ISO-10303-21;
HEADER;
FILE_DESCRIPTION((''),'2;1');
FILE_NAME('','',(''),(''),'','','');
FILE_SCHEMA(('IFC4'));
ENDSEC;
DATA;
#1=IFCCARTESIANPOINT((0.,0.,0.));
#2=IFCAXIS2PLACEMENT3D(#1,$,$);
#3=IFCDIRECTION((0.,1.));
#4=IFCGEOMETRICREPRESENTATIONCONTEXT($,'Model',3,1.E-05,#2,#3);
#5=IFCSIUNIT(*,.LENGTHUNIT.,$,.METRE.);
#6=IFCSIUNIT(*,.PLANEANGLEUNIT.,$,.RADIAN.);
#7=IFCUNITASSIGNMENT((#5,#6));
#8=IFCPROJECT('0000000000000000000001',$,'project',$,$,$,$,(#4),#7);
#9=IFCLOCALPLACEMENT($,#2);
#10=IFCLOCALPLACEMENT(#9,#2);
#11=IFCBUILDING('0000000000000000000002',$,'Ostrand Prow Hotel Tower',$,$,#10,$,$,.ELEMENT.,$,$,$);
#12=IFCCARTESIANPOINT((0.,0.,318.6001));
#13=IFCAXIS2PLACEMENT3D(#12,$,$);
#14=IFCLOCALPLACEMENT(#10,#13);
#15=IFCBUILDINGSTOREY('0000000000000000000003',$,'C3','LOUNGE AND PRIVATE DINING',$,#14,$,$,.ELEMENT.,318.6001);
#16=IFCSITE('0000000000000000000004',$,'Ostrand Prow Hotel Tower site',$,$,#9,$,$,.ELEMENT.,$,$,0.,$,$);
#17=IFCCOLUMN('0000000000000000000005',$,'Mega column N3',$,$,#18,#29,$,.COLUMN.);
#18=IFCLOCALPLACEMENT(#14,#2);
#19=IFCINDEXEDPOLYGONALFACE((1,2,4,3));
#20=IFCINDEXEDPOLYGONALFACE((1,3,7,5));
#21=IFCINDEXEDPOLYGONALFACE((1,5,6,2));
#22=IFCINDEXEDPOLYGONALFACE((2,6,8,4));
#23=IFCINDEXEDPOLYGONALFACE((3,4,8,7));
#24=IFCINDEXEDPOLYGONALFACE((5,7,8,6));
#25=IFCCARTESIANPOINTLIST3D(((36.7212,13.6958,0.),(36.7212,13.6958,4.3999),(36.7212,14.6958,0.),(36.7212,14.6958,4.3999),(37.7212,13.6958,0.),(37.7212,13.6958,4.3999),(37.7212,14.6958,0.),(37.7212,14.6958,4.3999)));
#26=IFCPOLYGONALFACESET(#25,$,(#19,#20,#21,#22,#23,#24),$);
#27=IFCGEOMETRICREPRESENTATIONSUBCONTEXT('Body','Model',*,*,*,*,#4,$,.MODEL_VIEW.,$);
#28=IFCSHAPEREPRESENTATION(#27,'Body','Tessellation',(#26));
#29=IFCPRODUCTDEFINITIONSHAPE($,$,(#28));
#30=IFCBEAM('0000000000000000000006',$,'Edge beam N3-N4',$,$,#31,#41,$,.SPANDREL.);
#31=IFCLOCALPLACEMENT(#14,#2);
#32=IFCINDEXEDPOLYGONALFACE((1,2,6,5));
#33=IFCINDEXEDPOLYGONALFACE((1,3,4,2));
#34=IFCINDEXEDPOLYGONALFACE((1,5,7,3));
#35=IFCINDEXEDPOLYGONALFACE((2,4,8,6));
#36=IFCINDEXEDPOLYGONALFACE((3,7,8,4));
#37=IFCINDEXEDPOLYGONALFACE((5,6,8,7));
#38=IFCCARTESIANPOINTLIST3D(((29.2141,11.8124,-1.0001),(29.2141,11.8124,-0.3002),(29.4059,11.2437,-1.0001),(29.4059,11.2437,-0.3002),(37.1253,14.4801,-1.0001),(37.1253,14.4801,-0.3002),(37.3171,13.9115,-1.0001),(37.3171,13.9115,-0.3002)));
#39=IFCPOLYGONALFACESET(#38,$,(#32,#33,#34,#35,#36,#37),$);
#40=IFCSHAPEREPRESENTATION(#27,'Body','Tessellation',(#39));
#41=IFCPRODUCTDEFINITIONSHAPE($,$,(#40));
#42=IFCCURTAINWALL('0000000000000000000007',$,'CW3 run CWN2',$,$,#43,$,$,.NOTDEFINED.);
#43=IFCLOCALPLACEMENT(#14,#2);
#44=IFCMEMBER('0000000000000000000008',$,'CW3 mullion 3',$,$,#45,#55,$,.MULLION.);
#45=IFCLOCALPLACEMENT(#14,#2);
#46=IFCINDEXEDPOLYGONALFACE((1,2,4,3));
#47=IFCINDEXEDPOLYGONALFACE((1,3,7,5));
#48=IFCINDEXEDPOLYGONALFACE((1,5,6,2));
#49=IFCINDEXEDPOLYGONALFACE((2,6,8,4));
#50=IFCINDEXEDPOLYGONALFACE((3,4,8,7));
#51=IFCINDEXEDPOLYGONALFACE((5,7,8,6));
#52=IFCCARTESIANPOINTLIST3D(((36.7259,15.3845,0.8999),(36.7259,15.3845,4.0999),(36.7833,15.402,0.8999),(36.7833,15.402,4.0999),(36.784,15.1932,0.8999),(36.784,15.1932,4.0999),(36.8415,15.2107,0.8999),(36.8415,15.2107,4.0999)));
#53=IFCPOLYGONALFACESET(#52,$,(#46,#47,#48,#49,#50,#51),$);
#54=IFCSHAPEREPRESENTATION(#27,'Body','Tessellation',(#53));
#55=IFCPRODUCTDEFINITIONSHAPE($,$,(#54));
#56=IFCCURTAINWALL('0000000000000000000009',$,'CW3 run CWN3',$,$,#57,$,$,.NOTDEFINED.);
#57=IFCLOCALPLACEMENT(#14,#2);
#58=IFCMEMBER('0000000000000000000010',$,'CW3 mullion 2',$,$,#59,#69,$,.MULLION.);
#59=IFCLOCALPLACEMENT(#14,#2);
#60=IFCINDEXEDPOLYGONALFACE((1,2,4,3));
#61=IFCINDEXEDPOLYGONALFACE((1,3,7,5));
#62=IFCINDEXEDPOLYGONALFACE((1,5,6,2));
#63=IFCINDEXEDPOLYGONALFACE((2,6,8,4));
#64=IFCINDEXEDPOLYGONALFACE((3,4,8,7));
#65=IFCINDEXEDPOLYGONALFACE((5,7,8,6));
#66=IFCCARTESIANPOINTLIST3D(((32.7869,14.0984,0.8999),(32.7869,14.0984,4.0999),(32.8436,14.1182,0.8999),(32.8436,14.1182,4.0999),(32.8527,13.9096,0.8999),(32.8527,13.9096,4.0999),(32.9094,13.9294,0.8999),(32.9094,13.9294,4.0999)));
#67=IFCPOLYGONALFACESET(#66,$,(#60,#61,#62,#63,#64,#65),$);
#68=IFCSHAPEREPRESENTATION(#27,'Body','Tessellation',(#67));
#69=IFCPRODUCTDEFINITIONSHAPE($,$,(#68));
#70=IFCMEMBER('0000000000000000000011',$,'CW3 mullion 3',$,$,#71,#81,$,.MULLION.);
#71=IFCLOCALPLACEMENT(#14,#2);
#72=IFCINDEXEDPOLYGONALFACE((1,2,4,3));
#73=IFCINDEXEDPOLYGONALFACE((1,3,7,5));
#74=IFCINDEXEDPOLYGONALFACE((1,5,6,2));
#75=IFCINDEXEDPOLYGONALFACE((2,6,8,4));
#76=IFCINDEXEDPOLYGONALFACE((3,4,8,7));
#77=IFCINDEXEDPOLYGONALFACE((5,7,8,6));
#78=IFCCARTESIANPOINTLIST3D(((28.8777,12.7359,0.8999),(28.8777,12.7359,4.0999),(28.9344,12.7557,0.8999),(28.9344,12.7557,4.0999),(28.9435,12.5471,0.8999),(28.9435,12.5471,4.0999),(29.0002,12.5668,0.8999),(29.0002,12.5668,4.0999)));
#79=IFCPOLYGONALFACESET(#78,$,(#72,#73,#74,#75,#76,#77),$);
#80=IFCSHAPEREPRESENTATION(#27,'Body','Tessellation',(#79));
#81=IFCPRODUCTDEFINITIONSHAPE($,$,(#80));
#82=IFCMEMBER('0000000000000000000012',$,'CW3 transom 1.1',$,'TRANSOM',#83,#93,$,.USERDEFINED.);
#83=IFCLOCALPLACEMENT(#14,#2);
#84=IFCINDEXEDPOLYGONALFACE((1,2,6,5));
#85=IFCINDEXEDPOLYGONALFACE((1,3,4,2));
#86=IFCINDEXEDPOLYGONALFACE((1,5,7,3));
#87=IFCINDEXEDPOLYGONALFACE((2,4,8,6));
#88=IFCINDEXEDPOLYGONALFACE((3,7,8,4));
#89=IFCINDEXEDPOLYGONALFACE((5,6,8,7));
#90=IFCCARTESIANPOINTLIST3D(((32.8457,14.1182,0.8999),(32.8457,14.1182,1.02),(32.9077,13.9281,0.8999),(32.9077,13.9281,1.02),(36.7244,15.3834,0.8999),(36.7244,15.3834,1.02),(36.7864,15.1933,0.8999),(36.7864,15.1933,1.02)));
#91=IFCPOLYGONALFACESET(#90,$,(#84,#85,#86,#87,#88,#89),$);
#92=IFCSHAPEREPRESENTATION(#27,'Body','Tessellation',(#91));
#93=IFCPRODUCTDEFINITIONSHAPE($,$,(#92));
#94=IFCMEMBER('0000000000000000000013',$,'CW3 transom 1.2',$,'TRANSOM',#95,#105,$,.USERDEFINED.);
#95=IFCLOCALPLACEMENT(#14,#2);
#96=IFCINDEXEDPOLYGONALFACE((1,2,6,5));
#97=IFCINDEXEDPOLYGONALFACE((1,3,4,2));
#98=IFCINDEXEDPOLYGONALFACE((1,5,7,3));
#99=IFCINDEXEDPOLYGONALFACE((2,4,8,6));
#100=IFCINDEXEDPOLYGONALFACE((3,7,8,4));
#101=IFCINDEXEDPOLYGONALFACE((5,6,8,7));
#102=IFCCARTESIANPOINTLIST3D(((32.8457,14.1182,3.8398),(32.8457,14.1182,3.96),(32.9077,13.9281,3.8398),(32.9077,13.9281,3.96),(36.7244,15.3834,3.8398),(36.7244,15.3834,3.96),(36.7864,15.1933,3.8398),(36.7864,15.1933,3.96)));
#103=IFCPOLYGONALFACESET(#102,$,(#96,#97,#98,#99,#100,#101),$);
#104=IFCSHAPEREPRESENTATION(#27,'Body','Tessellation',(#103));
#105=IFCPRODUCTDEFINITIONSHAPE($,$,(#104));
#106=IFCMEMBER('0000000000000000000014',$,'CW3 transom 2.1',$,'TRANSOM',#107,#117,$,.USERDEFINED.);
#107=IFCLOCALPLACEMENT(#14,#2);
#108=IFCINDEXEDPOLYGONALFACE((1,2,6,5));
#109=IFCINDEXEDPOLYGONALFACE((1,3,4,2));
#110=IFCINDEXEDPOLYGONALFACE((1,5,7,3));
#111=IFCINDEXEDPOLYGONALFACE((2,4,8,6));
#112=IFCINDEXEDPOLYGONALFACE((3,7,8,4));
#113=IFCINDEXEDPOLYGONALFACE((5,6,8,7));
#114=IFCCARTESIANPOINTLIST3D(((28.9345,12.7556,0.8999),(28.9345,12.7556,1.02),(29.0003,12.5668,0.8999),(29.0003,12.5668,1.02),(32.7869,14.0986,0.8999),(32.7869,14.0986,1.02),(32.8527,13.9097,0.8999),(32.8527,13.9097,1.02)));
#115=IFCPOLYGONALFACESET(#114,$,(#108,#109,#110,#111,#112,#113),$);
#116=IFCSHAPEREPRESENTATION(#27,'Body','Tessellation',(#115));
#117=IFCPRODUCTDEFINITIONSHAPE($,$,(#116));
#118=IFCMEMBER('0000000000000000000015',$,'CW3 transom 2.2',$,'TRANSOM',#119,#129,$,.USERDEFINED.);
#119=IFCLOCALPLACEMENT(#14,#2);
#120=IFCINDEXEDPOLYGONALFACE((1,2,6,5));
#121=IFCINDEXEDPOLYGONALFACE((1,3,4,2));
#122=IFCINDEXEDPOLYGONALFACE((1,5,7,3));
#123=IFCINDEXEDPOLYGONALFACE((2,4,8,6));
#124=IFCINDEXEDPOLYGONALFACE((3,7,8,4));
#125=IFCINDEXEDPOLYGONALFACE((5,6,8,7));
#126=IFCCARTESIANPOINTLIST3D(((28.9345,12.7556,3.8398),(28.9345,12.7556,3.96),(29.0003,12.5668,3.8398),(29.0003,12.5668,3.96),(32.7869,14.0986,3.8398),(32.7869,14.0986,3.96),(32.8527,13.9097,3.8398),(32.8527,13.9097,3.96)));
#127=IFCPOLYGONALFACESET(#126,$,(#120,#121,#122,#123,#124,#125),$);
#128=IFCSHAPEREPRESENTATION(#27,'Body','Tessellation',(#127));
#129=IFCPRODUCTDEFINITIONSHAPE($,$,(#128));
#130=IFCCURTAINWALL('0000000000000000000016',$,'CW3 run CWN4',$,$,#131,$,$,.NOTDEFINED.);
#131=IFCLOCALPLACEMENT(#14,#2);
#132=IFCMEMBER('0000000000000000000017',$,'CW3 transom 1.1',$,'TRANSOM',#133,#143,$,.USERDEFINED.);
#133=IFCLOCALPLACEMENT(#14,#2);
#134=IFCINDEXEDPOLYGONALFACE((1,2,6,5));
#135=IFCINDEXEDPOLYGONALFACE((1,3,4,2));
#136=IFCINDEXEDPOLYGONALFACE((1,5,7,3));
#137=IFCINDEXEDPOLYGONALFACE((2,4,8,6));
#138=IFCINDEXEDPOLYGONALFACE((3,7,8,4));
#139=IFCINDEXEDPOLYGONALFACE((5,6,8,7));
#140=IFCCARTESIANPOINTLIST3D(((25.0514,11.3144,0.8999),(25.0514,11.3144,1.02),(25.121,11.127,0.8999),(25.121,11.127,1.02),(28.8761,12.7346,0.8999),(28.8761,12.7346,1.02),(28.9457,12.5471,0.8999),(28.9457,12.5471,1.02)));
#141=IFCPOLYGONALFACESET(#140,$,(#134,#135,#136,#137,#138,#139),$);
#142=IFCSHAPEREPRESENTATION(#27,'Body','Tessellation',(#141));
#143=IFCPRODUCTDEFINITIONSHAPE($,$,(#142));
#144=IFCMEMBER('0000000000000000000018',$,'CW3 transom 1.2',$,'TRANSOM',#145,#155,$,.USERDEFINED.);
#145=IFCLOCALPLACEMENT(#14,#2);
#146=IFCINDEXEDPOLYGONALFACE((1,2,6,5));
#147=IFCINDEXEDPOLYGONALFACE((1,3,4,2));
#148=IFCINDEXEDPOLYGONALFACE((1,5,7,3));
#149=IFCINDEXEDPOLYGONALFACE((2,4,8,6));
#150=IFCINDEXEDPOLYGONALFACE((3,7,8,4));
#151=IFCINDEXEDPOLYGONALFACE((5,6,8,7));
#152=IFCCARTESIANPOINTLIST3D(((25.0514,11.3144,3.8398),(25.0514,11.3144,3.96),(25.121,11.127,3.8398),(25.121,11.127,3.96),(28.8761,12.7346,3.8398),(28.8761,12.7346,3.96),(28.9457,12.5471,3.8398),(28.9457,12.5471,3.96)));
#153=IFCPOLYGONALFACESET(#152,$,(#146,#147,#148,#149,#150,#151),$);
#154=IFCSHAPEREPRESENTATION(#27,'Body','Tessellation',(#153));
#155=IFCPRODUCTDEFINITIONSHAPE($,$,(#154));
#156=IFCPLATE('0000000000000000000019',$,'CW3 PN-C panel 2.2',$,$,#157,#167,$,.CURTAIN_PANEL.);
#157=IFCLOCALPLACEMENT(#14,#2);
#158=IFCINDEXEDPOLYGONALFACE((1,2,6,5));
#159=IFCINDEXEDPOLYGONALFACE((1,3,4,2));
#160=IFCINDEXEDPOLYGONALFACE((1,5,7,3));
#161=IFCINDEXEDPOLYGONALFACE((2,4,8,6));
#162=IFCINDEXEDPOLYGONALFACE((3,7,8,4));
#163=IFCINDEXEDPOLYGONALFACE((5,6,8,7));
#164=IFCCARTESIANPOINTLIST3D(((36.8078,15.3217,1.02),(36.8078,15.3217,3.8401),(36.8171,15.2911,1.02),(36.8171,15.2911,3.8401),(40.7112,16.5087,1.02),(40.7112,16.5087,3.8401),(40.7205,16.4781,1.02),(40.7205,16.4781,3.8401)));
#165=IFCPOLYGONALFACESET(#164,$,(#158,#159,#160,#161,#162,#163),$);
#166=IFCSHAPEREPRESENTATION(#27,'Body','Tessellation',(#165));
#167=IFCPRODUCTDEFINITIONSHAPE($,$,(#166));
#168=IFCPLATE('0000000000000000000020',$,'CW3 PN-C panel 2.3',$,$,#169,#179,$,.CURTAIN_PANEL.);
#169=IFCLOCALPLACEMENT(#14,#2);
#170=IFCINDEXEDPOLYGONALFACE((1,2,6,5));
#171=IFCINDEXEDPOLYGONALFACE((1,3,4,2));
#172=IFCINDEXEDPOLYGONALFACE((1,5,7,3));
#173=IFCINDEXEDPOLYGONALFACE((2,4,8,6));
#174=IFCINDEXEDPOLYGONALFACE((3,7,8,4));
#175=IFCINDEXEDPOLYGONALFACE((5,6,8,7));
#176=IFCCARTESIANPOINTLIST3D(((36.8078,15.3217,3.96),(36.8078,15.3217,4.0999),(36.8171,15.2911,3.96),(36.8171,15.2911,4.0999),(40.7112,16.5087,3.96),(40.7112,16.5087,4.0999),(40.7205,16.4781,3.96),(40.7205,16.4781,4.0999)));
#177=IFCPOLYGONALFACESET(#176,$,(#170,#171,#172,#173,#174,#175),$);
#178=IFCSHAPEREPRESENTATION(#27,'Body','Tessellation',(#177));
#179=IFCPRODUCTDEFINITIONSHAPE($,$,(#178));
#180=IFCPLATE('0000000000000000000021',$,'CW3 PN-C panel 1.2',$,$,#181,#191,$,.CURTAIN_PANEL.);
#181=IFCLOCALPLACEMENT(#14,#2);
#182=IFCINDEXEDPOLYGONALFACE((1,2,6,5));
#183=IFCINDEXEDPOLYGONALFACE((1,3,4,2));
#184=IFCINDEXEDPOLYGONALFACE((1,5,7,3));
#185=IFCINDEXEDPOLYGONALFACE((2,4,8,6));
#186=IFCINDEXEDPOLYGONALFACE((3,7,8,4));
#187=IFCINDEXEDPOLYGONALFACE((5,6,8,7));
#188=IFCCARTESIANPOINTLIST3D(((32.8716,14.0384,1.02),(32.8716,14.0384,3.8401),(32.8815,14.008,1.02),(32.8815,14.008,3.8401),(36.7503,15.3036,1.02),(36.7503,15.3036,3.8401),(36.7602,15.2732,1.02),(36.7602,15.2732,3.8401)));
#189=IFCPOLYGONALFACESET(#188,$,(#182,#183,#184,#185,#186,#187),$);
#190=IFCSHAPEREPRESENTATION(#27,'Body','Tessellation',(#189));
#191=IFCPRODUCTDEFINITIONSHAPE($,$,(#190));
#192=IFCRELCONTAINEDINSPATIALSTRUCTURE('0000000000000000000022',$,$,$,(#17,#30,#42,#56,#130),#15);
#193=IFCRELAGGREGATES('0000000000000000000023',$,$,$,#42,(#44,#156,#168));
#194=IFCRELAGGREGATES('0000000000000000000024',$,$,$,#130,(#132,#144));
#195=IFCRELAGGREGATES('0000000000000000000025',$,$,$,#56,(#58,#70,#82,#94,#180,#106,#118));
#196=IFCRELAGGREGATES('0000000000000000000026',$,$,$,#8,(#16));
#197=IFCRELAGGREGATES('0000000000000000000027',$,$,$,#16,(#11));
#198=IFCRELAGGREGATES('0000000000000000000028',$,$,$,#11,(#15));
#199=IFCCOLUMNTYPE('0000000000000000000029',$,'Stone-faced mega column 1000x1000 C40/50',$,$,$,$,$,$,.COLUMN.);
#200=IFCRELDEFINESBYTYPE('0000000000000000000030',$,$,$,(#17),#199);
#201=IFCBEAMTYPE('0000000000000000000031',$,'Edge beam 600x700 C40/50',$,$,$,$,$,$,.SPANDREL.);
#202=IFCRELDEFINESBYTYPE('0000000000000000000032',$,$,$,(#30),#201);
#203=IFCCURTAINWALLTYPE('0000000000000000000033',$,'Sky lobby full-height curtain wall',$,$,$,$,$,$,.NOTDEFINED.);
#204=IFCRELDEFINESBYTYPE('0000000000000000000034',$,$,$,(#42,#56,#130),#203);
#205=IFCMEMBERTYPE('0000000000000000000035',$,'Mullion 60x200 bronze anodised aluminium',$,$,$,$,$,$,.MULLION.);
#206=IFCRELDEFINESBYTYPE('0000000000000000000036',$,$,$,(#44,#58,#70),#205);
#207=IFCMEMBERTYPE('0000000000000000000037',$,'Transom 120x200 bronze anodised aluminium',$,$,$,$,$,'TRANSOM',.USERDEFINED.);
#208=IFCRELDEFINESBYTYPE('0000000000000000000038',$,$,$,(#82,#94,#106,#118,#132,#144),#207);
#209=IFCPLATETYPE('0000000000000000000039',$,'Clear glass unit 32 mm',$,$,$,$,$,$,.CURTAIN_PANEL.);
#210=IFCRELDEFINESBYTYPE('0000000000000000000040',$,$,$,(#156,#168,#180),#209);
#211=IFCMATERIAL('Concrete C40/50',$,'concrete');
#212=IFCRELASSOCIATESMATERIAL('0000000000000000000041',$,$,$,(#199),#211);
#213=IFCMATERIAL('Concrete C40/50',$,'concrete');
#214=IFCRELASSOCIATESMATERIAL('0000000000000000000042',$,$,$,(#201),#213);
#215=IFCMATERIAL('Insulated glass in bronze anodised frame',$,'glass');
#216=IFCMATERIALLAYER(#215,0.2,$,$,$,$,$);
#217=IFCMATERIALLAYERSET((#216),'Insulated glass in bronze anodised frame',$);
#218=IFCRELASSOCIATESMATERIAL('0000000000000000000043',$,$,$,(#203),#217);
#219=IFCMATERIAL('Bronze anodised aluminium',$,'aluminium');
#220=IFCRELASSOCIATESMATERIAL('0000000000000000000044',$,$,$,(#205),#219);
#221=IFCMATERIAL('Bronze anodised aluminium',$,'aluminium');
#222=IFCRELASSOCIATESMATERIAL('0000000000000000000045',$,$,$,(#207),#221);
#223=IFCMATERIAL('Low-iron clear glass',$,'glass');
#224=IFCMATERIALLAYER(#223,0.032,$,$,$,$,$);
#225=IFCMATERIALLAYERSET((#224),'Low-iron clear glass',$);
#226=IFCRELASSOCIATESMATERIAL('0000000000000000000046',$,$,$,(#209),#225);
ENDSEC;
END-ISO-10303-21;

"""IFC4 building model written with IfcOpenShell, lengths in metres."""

from ifc_helpers import new_model, si_unit, direction, frame, origin, origin_2d, place, context, subcontext, project, spatial, rectangle, extrude, material, layer, layer_set, material_profile, profile_set, type_object, element, aggregate, save


model = new_model("IFC4")

# Units and contexts
model_context = context("Model", 3, precision=1e-05, world=origin(), true_north=direction((0.0, 1.0)))
body_context = subcontext(model_context, "Body", "Model", "MODEL_VIEW")
ifc_project = project(units=[si_unit("LENGTHUNIT", "METRE"), si_unit("PLANEANGLEUNIT", "RADIAN")], contexts=[model_context])

# Site, building, storey
site_placement = place(None, origin())
site = spatial("IfcSite", under=ifc_project, at=site_placement, Name="Ostrand Prow Hotel Tower site", CompositionType="ELEMENT", RefElevation=0.0)
building_placement = place(site_placement, origin())
building = spatial("IfcBuilding", under=site, at=building_placement, Name="Ostrand Prow Hotel Tower", CompositionType="ELEMENT")
storey_placement = place(building_placement, frame((0.0, 0.0, 318.6001)))
storey = spatial("IfcBuildingStorey", under=building, at=storey_placement, Name="C3", Description="LOUNGE AND PRIVATE DINING", CompositionType="ELEMENT", Elevation=318.6001)

# Column
ifc_material_1 = material(Name="Concrete C40/50", Category="concrete")
ifc_material_profile_1 = material_profile(ifc_material_1, rectangle(XDim=1.0, YDim=1.0, at=origin_2d()), Name="RC 1000x1000")
ifc_profile_set_1 = profile_set([ifc_material_profile_1], Name="Concrete C40/50")
column_type = type_object("IfcColumnType", Name="Stone-faced mega column 1000x1000 C40/50", PredefinedType="COLUMN", material=ifc_profile_set_1)
column_placement = place(storey_placement, frame((37.2212, 14.1958, 0.0), z_axis=(0.0, 0.0, 1.0), x_axis=(1.0, 0.0, 0.0)))
element("IfcColumn", 1, at=column_placement, inside=storey, type_object=column_type, Name="Mega column N3", PredefinedType="COLUMN", context=body_context, shape_type="SweptSolid", body=[
    extrude(rectangle(XDim=1.0, YDim=1.0, at=origin_2d()), origin(), (0.0, 0.0, 1.0), 4.3999),
])

# Beam
ifc_material_2 = material(Name="Concrete C40/50", Category="concrete")
ifc_material_profile_2 = material_profile(ifc_material_2, rectangle(XDim=0.6001, YDim=0.7, at=origin_2d()), Name="RC 600x700")
ifc_profile_set_2 = profile_set([ifc_material_profile_2], Name="Concrete C40/50")
beam_type = type_object("IfcBeamType", Name="Edge beam 600x700 C40/50", PredefinedType="SPANDREL", material=ifc_profile_set_2)
beam_placement = place(storey_placement, frame((37.2212, 14.1958, -0.6501), z_axis=(-0.947575, -0.319533, 0.0), x_axis=(0.319533, -0.947575, 0.0)))
element("IfcBeam", 2, at=beam_placement, inside=storey, type_object=beam_type, Name="Edge beam N3-N4", PredefinedType="SPANDREL", context=body_context, shape_type="SweptSolid", body=[
    extrude(rectangle(XDim=0.6001, YDim=0.7, at=origin_2d()), origin(), (0.0, 0.0, 1.0), 8.3489),
])

# Curtain wall, member
ifc_material_3 = material(Name="Insulated glass in bronze anodised frame", Category="glass")
ifc_layer_1 = layer(ifc_material_3, 0.2)
ifc_layer_set_1 = layer_set([ifc_layer_1], Name="Insulated glass in bronze anodised frame")
curtain_wall_type = type_object("IfcCurtainWallType", Name="Sky lobby full-height curtain wall", PredefinedType="NOTDEFINED", material=ifc_layer_set_1)
curtain_wall_1_placement = place(storey_placement, origin())
curtain_wall_1 = element("IfcCurtainWall", 3, at=curtain_wall_1_placement, inside=storey, type_object=curtain_wall_type, Name="CW3 run CWN2", PredefinedType="NOTDEFINED")
ifc_material_4 = material(Name="Bronze anodised aluminium", Category="aluminium")
ifc_material_profile_3 = material_profile(ifc_material_4, rectangle(XDim=0.2, YDim=0.0601, at=origin_2d()), Name="Mullion 60x200 bronze anodised aluminium")
ifc_profile_set_3 = profile_set([ifc_material_profile_3], Name="Bronze anodised aluminium")
member_type_1 = type_object("IfcMemberType", Name="Mullion 60x200 bronze anodised aluminium", PredefinedType="MULLION", material=ifc_profile_set_3)
member_1_placement = place(storey_placement, frame((36.7837, 15.2976, 0.8999), z_axis=(0.0, 0.0, 1.0), x_axis=(0.290938, -0.956742, 0.0)))
member_1 = element("IfcMember", 4, at=member_1_placement, type_object=member_type_1, Name="CW3 mullion 3", PredefinedType="MULLION", context=body_context, shape_type="SweptSolid", body=[
    extrude(rectangle(XDim=0.2, YDim=0.0601, at=origin_2d()), origin(), (0.0, 0.0, 1.0), 3.2),
])

# Curtain walls, members
curtain_wall_2_placement = place(storey_placement, origin())
curtain_wall_2 = element("IfcCurtainWall", 5, at=curtain_wall_2_placement, inside=storey, type_object=curtain_wall_type, Name="CW3 run CWN3", PredefinedType="NOTDEFINED")
member_2_placement = place(storey_placement, frame((32.8481, 14.0139, 0.8999), z_axis=(0.0, 0.0, 1.0), x_axis=(0.329158, -0.944275, 0.0)))
member_2 = element("IfcMember", 6, at=member_2_placement, type_object=member_type_1, Name="CW3 mullion 2", PredefinedType="MULLION", context=body_context, shape_type="SweptSolid", body=[
    extrude(rectangle(XDim=0.2, YDim=0.0601, at=origin_2d()), origin(), (0.0, 0.0, 1.0), 3.2),
])
member_3_placement = place(storey_placement, frame((28.939, 12.6514, 0.8999), z_axis=(0.0, 0.0, 1.0), x_axis=(0.329158, -0.944275, 0.0)))
member_3 = element("IfcMember", 7, at=member_3_placement, type_object=member_type_1, Name="CW3 mullion 3", PredefinedType="MULLION", context=body_context, shape_type="SweptSolid", body=[
    extrude(rectangle(XDim=0.2, YDim=0.0601, at=origin_2d()), origin(), (0.0, 0.0, 1.0), 3.2),
])
ifc_material_5 = material(Name="Bronze anodised aluminium", Category="aluminium")
ifc_material_profile_4 = material_profile(ifc_material_5, rectangle(XDim=0.2, YDim=0.1201, at=origin_2d()), Name="Transom 120x200 bronze anodised aluminium")
ifc_profile_set_4 = profile_set([ifc_material_profile_4], Name="Bronze anodised aluminium")
member_type_2 = type_object("IfcMemberType", Name="Transom 120x200 bronze anodised aluminium", ElementType="TRANSOM", PredefinedType="USERDEFINED", material=ifc_profile_set_4)
member_4_placement = place(storey_placement, frame((36.7554, 15.2883, 0.96), z_axis=(-0.950704, -0.310099, 0.0), x_axis=(0.310099, -0.950704, 0.0)))
member_4 = element("IfcMember", 8, at=member_4_placement, type_object=member_type_2, Name="CW3 transom 1.1", ObjectType="TRANSOM", PredefinedType="USERDEFINED", context=body_context, shape_type="SweptSolid", body=[
    extrude(rectangle(XDim=0.2, YDim=0.1201, at=origin_2d()), origin(), (0.0, 0.0, 1.0), 4.0798),
])
member_5_placement = place(storey_placement, frame((36.7554, 15.2883, 3.8999), z_axis=(-0.950704, -0.310099, 0.0), x_axis=(0.310099, -0.950704, 0.0)))
member_5 = element("IfcMember", 9, at=member_5_placement, type_object=member_type_2, Name="CW3 transom 1.2", ObjectType="TRANSOM", PredefinedType="USERDEFINED", context=body_context, shape_type="SweptSolid", body=[
    extrude(rectangle(XDim=0.2, YDim=0.1201, at=origin_2d()), origin(), (0.0, 0.0, 1.0), 4.0798),
])
member_6_placement = place(storey_placement, frame((32.8198, 14.0042, 0.96), z_axis=(-0.944268, -0.329177, 0.0), x_axis=(0.329177, -0.944268, 0.0)))
member_6 = element("IfcMember", 10, at=member_6_placement, type_object=member_type_2, Name="CW3 transom 2.1", ObjectType="TRANSOM", PredefinedType="USERDEFINED", context=body_context, shape_type="SweptSolid", body=[
    extrude(rectangle(XDim=0.2, YDim=0.1201, at=origin_2d()), origin(), (0.0, 0.0, 1.0), 4.0798),
])
member_7_placement = place(storey_placement, frame((32.8198, 14.0042, 3.8999), z_axis=(-0.944268, -0.329177, 0.0), x_axis=(0.329177, -0.944268, 0.0)))
member_7 = element("IfcMember", 11, at=member_7_placement, type_object=member_type_2, Name="CW3 transom 2.2", ObjectType="TRANSOM", PredefinedType="USERDEFINED", context=body_context, shape_type="SweptSolid", body=[
    extrude(rectangle(XDim=0.2, YDim=0.1201, at=origin_2d()), origin(), (0.0, 0.0, 1.0), 4.0798),
])
curtain_wall_3_placement = place(storey_placement, origin())
curtain_wall_3 = element("IfcCurtainWall", 12, at=curtain_wall_3_placement, inside=storey, type_object=curtain_wall_type, Name="CW3 run CWN4", PredefinedType="NOTDEFINED")
member_8_placement = place(storey_placement, frame((28.9109, 12.6409, 0.96), z_axis=(-0.93746, -0.348092, 0.0), x_axis=(0.348092, -0.93746, 0.0)))
member_8 = element("IfcMember", 13, at=member_8_placement, type_object=member_type_2, Name="CW3 transom 1.1", ObjectType="TRANSOM", PredefinedType="USERDEFINED", context=body_context, shape_type="SweptSolid", body=[
    extrude(rectangle(XDim=0.2, YDim=0.1201, at=origin_2d()), origin(), (0.0, 0.0, 1.0), 4.0798),
])
member_9_placement = place(storey_placement, frame((28.9109, 12.6409, 3.8999), z_axis=(-0.93746, -0.348092, 0.0), x_axis=(0.348092, -0.93746, 0.0)))
member_9 = element("IfcMember", 14, at=member_9_placement, type_object=member_type_2, Name="CW3 transom 1.2", ObjectType="TRANSOM", PredefinedType="USERDEFINED", context=body_context, shape_type="SweptSolid", body=[
    extrude(rectangle(XDim=0.2, YDim=0.1201, at=origin_2d()), origin(), (0.0, 0.0, 1.0), 4.0798),
])

# Plates
ifc_material_6 = material(Name="Low-iron clear glass", Category="glass")
ifc_layer_2 = layer(ifc_material_6, 0.032)
ifc_layer_set_2 = layer_set([ifc_layer_2], Name="Low-iron clear glass")
plate_type_1 = type_object("IfcPlateType", Name="Clear glass unit 32 mm", PredefinedType="CURTAIN_PANEL", material=ifc_layer_set_2)
plate_1_placement = place(storey_placement, frame((38.7642, 15.8999, 1.02), z_axis=(0.0, 0.0, 1.0), x_axis=(-0.956742, -0.290938, 0.0)))
plate_1 = element("IfcPlate", 15, at=plate_1_placement, type_object=plate_type_1, Name="CW3 PN-C panel 2.2", PredefinedType="CURTAIN_PANEL", context=body_context, shape_type="SweptSolid", body=[
    extrude(rectangle(XDim=4.0798, YDim=0.032, at=origin_2d()), origin(), (0.0, 0.0, 1.0), 2.8201),
])
plate_2_placement = place(storey_placement, frame((38.7642, 15.8999, 3.96), z_axis=(0.0, 0.0, 1.0), x_axis=(-0.956742, -0.290938, 0.0)))
plate_2 = element("IfcPlate", 16, at=plate_2_placement, type_object=plate_type_1, Name="CW3 PN-C panel 2.3", PredefinedType="CURTAIN_PANEL", context=body_context, shape_type="SweptSolid", body=[
    extrude(rectangle(XDim=4.0798, YDim=0.032, at=origin_2d()), origin(), (0.0, 0.0, 1.0), 0.1399),
])
aggregate(curtain_wall_1, [member_1, plate_1, plate_2])
plate_3_placement = place(storey_placement, frame((34.8159, 14.6558, 1.02), z_axis=(0.0, 0.0, 1.0), x_axis=(-0.9507, -0.310111, 0.0)))
plate_3 = element("IfcPlate", 17, at=plate_3_placement, type_object=plate_type_1, Name="CW3 PN-C panel 1.2", PredefinedType="CURTAIN_PANEL", context=body_context, shape_type="SweptSolid", body=[
    extrude(rectangle(XDim=4.0798, YDim=0.032, at=origin_2d()), origin(), (0.0, 0.0, 1.0), 2.8201),
])
aggregate(curtain_wall_3, [member_8, member_9])
aggregate(curtain_wall_2, [member_2, member_3, member_4, member_5, plate_3, member_6, member_7])

save(model, "model.ifc")
